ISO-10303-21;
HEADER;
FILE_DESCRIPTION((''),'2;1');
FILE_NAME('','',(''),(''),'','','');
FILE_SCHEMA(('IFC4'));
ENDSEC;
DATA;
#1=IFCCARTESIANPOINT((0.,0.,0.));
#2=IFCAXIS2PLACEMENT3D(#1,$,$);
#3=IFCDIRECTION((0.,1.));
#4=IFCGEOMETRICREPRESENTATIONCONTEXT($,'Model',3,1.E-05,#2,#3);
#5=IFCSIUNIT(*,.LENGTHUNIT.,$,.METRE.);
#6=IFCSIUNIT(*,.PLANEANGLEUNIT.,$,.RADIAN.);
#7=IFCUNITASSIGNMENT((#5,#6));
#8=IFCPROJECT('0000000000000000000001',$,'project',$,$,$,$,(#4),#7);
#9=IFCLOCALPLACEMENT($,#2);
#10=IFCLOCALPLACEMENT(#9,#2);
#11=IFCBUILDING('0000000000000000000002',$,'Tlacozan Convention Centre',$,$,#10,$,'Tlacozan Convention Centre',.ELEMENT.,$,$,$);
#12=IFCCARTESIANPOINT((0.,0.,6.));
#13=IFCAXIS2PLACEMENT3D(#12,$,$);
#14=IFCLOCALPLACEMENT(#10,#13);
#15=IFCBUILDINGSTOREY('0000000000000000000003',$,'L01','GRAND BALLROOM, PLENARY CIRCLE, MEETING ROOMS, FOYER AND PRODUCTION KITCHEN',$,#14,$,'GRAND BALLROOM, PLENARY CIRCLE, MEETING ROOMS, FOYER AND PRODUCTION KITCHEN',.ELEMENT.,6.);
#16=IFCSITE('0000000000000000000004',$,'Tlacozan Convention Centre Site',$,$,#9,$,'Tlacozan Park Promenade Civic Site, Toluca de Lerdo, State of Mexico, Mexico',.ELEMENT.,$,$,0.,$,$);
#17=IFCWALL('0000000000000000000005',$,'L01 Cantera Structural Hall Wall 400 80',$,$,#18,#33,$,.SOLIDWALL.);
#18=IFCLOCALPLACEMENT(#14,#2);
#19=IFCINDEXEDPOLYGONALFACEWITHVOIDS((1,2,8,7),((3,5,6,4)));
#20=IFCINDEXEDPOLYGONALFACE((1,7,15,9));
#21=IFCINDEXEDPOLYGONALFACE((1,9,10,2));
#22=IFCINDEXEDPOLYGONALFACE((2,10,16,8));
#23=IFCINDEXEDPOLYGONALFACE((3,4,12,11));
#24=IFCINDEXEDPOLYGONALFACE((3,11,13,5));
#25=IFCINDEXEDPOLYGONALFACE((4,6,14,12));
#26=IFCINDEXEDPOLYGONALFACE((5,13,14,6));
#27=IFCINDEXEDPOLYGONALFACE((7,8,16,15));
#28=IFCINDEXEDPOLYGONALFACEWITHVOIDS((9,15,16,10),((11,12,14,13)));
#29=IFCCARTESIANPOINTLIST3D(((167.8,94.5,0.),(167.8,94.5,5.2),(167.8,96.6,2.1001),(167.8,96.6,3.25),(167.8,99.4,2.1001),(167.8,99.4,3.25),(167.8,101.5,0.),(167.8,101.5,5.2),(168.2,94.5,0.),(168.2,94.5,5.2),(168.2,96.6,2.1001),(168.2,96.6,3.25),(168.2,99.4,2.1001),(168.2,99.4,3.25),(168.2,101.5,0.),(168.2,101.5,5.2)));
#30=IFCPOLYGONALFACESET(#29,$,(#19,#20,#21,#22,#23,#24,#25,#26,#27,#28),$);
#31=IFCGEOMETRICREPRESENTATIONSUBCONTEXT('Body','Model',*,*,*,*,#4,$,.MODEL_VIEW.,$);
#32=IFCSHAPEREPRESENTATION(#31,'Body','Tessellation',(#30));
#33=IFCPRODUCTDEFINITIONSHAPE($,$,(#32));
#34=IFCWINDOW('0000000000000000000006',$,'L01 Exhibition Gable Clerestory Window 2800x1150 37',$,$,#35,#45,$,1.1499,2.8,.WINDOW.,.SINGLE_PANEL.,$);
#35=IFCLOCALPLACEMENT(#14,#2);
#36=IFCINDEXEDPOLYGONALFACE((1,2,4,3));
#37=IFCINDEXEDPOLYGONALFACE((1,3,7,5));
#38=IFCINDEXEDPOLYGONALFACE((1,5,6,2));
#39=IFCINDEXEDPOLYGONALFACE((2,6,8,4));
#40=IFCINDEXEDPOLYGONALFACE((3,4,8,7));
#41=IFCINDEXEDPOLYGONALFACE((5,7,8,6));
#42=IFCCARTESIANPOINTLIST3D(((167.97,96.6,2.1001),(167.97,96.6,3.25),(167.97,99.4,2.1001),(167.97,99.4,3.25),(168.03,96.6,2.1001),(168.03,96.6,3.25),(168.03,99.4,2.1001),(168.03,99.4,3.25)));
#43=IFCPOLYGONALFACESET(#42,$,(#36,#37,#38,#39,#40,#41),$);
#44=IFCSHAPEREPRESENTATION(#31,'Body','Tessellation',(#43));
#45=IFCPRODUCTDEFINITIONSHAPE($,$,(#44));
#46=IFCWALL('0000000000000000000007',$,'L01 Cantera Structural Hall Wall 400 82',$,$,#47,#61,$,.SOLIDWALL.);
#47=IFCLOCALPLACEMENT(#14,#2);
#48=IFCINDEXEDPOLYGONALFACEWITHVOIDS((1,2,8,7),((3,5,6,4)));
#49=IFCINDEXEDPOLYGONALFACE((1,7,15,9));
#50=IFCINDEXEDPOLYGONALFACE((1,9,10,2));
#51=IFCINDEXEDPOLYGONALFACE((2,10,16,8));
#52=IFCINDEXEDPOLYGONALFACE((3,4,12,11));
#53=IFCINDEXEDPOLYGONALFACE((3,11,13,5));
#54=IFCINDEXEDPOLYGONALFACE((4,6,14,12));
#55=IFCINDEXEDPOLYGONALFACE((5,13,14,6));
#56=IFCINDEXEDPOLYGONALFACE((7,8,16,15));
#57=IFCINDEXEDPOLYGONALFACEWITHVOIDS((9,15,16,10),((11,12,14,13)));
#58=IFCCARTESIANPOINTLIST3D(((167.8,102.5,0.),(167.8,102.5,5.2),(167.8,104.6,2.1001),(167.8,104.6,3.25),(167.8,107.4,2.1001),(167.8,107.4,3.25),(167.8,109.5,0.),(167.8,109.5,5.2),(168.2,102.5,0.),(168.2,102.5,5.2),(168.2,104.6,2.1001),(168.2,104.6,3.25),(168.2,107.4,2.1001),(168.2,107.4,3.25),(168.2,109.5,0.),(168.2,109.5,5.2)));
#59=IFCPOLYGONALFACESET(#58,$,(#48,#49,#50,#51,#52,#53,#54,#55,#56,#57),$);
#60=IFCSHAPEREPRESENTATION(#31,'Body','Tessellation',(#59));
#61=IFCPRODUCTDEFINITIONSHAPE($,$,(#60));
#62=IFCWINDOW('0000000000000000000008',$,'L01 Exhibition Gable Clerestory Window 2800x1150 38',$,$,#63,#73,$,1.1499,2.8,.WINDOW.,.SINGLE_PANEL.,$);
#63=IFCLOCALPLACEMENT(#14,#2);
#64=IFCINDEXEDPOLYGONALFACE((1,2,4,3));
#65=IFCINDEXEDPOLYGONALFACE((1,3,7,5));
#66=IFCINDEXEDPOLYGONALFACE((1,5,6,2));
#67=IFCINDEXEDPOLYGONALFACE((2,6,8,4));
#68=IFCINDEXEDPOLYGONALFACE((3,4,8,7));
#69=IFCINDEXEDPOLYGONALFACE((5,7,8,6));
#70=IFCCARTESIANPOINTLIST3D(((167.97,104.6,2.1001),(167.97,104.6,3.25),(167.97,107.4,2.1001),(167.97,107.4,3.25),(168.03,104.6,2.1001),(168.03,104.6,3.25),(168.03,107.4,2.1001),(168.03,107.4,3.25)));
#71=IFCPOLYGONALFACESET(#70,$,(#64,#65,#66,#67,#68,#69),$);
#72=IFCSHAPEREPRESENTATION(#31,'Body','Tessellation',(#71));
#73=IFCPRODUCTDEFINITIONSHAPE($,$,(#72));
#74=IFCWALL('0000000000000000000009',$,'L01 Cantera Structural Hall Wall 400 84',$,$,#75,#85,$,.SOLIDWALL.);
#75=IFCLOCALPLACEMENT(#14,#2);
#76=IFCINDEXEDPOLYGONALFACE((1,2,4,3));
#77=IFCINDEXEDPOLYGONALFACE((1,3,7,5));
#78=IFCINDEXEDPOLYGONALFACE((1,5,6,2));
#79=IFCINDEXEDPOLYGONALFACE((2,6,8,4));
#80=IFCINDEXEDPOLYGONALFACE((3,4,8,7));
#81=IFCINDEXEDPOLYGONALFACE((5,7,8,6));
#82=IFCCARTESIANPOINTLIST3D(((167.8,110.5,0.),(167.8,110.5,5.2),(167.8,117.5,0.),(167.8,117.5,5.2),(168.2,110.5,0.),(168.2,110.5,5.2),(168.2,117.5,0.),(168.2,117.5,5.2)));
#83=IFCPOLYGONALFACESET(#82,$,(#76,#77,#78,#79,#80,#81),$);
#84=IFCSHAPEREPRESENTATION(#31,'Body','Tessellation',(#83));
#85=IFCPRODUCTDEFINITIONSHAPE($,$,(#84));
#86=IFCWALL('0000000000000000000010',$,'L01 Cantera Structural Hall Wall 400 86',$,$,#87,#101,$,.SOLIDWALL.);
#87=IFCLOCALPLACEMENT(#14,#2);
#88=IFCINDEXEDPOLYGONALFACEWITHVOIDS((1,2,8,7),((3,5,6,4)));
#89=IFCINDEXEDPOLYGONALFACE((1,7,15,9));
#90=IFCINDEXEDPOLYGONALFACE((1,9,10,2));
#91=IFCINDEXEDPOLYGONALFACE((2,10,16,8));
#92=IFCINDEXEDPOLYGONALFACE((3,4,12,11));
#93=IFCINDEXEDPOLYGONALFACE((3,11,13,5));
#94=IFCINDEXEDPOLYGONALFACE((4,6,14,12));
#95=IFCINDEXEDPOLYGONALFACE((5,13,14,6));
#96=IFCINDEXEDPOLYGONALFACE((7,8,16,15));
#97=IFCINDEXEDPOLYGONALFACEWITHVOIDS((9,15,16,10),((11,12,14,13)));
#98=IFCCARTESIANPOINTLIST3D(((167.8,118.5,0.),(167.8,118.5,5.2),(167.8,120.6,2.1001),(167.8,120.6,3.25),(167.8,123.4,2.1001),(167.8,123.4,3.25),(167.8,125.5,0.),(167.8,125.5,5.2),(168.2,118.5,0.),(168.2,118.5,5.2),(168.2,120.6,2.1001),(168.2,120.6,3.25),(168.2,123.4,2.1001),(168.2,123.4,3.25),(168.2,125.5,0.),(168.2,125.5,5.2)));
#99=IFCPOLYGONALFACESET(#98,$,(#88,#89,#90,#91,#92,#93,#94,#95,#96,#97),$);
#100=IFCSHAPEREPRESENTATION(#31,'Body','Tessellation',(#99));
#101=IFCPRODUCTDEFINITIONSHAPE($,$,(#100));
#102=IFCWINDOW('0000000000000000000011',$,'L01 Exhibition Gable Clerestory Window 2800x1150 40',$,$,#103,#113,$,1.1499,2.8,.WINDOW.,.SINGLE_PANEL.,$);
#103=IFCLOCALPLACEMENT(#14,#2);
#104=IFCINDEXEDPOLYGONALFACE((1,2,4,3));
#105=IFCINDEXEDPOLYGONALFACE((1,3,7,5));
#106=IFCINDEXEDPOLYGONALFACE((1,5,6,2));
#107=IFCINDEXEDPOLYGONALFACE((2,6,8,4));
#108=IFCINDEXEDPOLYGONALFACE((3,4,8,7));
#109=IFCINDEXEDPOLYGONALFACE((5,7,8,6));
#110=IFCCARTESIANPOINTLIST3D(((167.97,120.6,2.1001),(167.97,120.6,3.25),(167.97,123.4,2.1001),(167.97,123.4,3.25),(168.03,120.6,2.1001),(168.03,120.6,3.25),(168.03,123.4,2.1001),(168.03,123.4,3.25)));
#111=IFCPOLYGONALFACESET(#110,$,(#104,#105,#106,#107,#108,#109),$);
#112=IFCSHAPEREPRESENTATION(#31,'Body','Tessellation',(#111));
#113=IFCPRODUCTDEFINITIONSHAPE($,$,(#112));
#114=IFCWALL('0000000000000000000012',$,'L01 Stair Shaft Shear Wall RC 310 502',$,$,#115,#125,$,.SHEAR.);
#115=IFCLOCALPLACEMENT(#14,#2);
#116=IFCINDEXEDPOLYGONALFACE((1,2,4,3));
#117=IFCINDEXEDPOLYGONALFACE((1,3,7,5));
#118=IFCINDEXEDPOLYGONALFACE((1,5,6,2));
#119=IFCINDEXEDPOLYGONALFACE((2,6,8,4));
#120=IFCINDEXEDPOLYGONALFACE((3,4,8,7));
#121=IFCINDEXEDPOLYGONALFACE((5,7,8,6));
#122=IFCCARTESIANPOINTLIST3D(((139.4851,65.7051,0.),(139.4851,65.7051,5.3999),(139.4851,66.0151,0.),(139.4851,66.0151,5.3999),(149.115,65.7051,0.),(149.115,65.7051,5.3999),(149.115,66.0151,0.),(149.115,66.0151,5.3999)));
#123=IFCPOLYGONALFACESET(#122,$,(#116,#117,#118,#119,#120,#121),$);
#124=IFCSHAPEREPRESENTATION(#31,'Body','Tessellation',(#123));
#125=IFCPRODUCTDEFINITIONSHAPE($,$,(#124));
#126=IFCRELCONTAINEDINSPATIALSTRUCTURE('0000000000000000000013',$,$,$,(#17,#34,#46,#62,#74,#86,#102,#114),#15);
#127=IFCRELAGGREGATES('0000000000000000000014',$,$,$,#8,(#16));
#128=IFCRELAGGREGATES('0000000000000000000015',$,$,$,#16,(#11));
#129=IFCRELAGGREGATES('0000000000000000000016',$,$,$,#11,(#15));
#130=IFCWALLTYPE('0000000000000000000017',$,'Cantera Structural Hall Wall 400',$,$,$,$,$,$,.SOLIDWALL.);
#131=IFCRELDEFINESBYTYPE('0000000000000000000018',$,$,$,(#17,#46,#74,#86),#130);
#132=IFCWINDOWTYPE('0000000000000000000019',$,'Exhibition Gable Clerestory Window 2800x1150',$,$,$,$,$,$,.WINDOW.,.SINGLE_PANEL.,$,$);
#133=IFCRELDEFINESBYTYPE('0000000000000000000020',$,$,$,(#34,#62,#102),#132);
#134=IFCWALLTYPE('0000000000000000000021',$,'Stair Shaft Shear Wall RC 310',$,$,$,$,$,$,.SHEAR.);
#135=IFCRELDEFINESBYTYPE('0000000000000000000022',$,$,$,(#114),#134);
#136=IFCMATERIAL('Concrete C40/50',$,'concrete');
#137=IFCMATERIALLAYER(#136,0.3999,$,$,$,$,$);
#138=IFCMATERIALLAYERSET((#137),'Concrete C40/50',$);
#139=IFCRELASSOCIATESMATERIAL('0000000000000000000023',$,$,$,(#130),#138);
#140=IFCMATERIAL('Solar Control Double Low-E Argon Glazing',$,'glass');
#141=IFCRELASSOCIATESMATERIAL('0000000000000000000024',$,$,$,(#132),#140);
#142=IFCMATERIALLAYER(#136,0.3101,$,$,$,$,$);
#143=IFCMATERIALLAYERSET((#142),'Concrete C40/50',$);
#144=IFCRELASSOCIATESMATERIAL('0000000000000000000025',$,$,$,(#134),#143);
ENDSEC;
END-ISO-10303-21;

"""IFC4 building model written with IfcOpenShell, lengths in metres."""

from ifc_helpers import new_model, si_unit, direction, frame, frame_2d, origin, place, context, subcontext, project, spatial, rectangle, extrude, material, layer, layer_set, type_object, element, fill, save


model = new_model("IFC4")

# Units and contexts
model_context = context("Model", 3, precision=1e-05, world=origin(), true_north=direction((0.0, 1.0)))
body_context = subcontext(model_context, "Body", "Model", "MODEL_VIEW")
ifc_project = project(units=[si_unit("LENGTHUNIT", "METRE"), si_unit("PLANEANGLEUNIT", "RADIAN")], contexts=[model_context])

# Site, building, storey
site_placement = place(None, origin())
site = spatial("IfcSite", under=ifc_project, at=site_placement, Name="Tlacozan Convention Centre Site", LongName="Tlacozan Park Promenade Civic Site, Toluca de Lerdo, State of Mexico, Mexico", CompositionType="ELEMENT", RefElevation=0.0)
building_placement = place(site_placement, origin())
building = spatial("IfcBuilding", under=site, at=building_placement, Name="Tlacozan Convention Centre", LongName="Tlacozan Convention Centre", CompositionType="ELEMENT")
storey_placement = place(building_placement, frame((0.0, 0.0, 6.0)))
storey = spatial("IfcBuildingStorey", under=building, at=storey_placement, Name="L01", Description="GRAND BALLROOM, PLENARY CIRCLE, MEETING ROOMS, FOYER AND PRODUCTION KITCHEN", LongName="GRAND BALLROOM, PLENARY CIRCLE, MEETING ROOMS, FOYER AND PRODUCTION KITCHEN", CompositionType="ELEMENT", Elevation=6.0)

# Shared definitions
ifc_material_1 = material(Name="Concrete C40/50", Category="concrete")

# Shared definitions
ifc_layer_1 = layer(ifc_material_1, 0.3999)
ifc_layer_set_1 = layer_set([ifc_layer_1], Name="Concrete C40/50")
wall_type_1 = type_object("IfcWallType", Name="Cantera Structural Hall Wall 400", PredefinedType="SOLIDWALL", material=ifc_layer_set_1)

# Walls, openings, windows
ifc_material_2 = material(Name="Solar Control Double Low-E Argon Glazing", Category="glass")
window_type = type_object("IfcWindowType", Name="Exhibition Gable Clerestory Window 2800x1150", PartitioningType="SINGLE_PANEL", PredefinedType="WINDOW", material=ifc_material_2)
wall_1_placement = place(storey_placement, frame((168.0, 94.5, 0.0), z_axis=(0.0, 0.0, 1.0), x_axis=(0.0, 1.0, 0.0)))
wall_1 = element("IfcWall", 1, at=wall_1_placement, inside=storey, type_object=wall_type_1, Name="L01 Cantera Structural Hall Wall 400 80", PredefinedType="SOLIDWALL", context=body_context, shape_type="SweptSolid", body=[
    extrude(rectangle(XDim=7.0, YDim=0.3999, at=frame_2d((3.5, 0.0))), origin(), (0.0, 0.0, 1.0), 5.2),
])
opening_1_placement = place(wall_1_placement, frame((2.1001, 0.0, 2.1001)))
opening_1 = element("IfcOpeningElement", 2, at=opening_1_placement, cuts=wall_1, PredefinedType="OPENING", context=body_context, shape_type="SweptSolid", body=[
    extrude(rectangle(XDim=2.8, YDim=1.1499, at=frame_2d((1.3999, 0.575))), frame((0.0, 0.21, 0.0), z_axis=(0.0, -1.0, 0.0), x_axis=(1.0, 0.0, 0.0)), (0.0, 0.0, 1.0), 0.4199),
])
window_1_placement = place(opening_1_placement, origin())
window_1 = element("IfcWindow", 3, at=window_1_placement, inside=storey, type_object=window_type, Name="L01 Exhibition Gable Clerestory Window 2800x1150 37", OverallHeight=1.1499, OverallWidth=2.8, PartitioningType="SINGLE_PANEL", PredefinedType="WINDOW", context=body_context, shape_type="SweptSolid", body=[
    extrude(rectangle(XDim=2.8, YDim=1.1499, at=frame_2d((1.3999, 0.575))), frame((0.0, 0.03, 0.0), z_axis=(0.0, -1.0, 0.0), x_axis=(1.0, 0.0, 0.0)), (0.0, 0.0, 1.0), 0.0601),
])
fill(opening_1, window_1)
wall_2_placement = place(storey_placement, frame((168.0, 102.5, 0.0), z_axis=(0.0, 0.0, 1.0), x_axis=(0.0, 1.0, 0.0)))
wall_2 = element("IfcWall", 4, at=wall_2_placement, inside=storey, type_object=wall_type_1, Name="L01 Cantera Structural Hall Wall 400 82", PredefinedType="SOLIDWALL", context=body_context, shape_type="SweptSolid", body=[
    extrude(rectangle(XDim=7.0, YDim=0.3999, at=frame_2d((3.5, 0.0))), origin(), (0.0, 0.0, 1.0), 5.2),
])
opening_2_placement = place(wall_2_placement, frame((2.1001, 0.0, 2.1001)))
opening_2 = element("IfcOpeningElement", 5, at=opening_2_placement, cuts=wall_2, PredefinedType="OPENING", context=body_context, shape_type="SweptSolid", body=[
    extrude(rectangle(XDim=2.8, YDim=1.1499, at=frame_2d((1.3999, 0.575))), frame((0.0, 0.21, 0.0), z_axis=(0.0, -1.0, 0.0), x_axis=(1.0, 0.0, 0.0)), (0.0, 0.0, 1.0), 0.4199),
])
window_2_placement = place(opening_2_placement, origin())
window_2 = element("IfcWindow", 6, at=window_2_placement, inside=storey, type_object=window_type, Name="L01 Exhibition Gable Clerestory Window 2800x1150 38", OverallHeight=1.1499, OverallWidth=2.8, PartitioningType="SINGLE_PANEL", PredefinedType="WINDOW", context=body_context, shape_type="SweptSolid", body=[
    extrude(rectangle(XDim=2.8, YDim=1.1499, at=frame_2d((1.3999, 0.575))), frame((0.0, 0.03, 0.0), z_axis=(0.0, -1.0, 0.0), x_axis=(1.0, 0.0, 0.0)), (0.0, 0.0, 1.0), 0.0601),
])
fill(opening_2, window_2)

# Wall
wall_3_placement = place(storey_placement, frame((168.0, 110.5, 0.0), z_axis=(0.0, 0.0, 1.0), x_axis=(0.0, 1.0, 0.0)))
element("IfcWall", 7, at=wall_3_placement, inside=storey, type_object=wall_type_1, Name="L01 Cantera Structural Hall Wall 400 84", PredefinedType="SOLIDWALL", context=body_context, shape_type="SweptSolid", body=[
    extrude(rectangle(XDim=7.0, YDim=0.3999, at=frame_2d((3.5, 0.0))), origin(), (0.0, 0.0, 1.0), 5.2),
])

# Wall, opening, window
wall_4_placement = place(storey_placement, frame((168.0, 118.5, 0.0), z_axis=(0.0, 0.0, 1.0), x_axis=(0.0, 1.0, 0.0)))
wall_4 = element("IfcWall", 8, at=wall_4_placement, inside=storey, type_object=wall_type_1, Name="L01 Cantera Structural Hall Wall 400 86", PredefinedType="SOLIDWALL", context=body_context, shape_type="SweptSolid", body=[
    extrude(rectangle(XDim=7.0, YDim=0.3999, at=frame_2d((3.5, 0.0))), origin(), (0.0, 0.0, 1.0), 5.2),
])
opening_3_placement = place(wall_4_placement, frame((2.1001, 0.0, 2.1001)))
opening_3 = element("IfcOpeningElement", 9, at=opening_3_placement, cuts=wall_4, PredefinedType="OPENING", context=body_context, shape_type="SweptSolid", body=[
    extrude(rectangle(XDim=2.8, YDim=1.1499, at=frame_2d((1.3999, 0.575))), frame((0.0, 0.21, 0.0), z_axis=(0.0, -1.0, 0.0), x_axis=(1.0, 0.0, 0.0)), (0.0, 0.0, 1.0), 0.4199),
])
window_3_placement = place(opening_3_placement, origin())
window_3 = element("IfcWindow", 10, at=window_3_placement, inside=storey, type_object=window_type, Name="L01 Exhibition Gable Clerestory Window 2800x1150 40", OverallHeight=1.1499, OverallWidth=2.8, PartitioningType="SINGLE_PANEL", PredefinedType="WINDOW", context=body_context, shape_type="SweptSolid", body=[
    extrude(rectangle(XDim=2.8, YDim=1.1499, at=frame_2d((1.3999, 0.575))), frame((0.0, 0.03, 0.0), z_axis=(0.0, -1.0, 0.0), x_axis=(1.0, 0.0, 0.0)), (0.0, 0.0, 1.0), 0.0601),
])
fill(opening_3, window_3)

# Wall
ifc_layer_2 = layer(ifc_material_1, 0.3101)
ifc_layer_set_2 = layer_set([ifc_layer_2], Name="Concrete C40/50")
wall_type_2 = type_object("IfcWallType", Name="Stair Shaft Shear Wall RC 310", PredefinedType="SHEAR", material=ifc_layer_set_2)
wall_5_placement = place(storey_placement, frame((139.4851, 65.8601, 0.0), z_axis=(0.0, 0.0, 1.0), x_axis=(1.0, 0.0, 0.0)))
element("IfcWall", 11, at=wall_5_placement, inside=storey, type_object=wall_type_2, Name="L01 Stair Shaft Shear Wall RC 310 502", PredefinedType="SHEAR", context=body_context, shape_type="SweptSolid", body=[
    extrude(rectangle(XDim=9.6299, YDim=0.3101, at=frame_2d((4.8149, 0.0))), origin(), (0.0, 0.0, 1.0), 5.3999),
])

save(model, "model.ifc")
